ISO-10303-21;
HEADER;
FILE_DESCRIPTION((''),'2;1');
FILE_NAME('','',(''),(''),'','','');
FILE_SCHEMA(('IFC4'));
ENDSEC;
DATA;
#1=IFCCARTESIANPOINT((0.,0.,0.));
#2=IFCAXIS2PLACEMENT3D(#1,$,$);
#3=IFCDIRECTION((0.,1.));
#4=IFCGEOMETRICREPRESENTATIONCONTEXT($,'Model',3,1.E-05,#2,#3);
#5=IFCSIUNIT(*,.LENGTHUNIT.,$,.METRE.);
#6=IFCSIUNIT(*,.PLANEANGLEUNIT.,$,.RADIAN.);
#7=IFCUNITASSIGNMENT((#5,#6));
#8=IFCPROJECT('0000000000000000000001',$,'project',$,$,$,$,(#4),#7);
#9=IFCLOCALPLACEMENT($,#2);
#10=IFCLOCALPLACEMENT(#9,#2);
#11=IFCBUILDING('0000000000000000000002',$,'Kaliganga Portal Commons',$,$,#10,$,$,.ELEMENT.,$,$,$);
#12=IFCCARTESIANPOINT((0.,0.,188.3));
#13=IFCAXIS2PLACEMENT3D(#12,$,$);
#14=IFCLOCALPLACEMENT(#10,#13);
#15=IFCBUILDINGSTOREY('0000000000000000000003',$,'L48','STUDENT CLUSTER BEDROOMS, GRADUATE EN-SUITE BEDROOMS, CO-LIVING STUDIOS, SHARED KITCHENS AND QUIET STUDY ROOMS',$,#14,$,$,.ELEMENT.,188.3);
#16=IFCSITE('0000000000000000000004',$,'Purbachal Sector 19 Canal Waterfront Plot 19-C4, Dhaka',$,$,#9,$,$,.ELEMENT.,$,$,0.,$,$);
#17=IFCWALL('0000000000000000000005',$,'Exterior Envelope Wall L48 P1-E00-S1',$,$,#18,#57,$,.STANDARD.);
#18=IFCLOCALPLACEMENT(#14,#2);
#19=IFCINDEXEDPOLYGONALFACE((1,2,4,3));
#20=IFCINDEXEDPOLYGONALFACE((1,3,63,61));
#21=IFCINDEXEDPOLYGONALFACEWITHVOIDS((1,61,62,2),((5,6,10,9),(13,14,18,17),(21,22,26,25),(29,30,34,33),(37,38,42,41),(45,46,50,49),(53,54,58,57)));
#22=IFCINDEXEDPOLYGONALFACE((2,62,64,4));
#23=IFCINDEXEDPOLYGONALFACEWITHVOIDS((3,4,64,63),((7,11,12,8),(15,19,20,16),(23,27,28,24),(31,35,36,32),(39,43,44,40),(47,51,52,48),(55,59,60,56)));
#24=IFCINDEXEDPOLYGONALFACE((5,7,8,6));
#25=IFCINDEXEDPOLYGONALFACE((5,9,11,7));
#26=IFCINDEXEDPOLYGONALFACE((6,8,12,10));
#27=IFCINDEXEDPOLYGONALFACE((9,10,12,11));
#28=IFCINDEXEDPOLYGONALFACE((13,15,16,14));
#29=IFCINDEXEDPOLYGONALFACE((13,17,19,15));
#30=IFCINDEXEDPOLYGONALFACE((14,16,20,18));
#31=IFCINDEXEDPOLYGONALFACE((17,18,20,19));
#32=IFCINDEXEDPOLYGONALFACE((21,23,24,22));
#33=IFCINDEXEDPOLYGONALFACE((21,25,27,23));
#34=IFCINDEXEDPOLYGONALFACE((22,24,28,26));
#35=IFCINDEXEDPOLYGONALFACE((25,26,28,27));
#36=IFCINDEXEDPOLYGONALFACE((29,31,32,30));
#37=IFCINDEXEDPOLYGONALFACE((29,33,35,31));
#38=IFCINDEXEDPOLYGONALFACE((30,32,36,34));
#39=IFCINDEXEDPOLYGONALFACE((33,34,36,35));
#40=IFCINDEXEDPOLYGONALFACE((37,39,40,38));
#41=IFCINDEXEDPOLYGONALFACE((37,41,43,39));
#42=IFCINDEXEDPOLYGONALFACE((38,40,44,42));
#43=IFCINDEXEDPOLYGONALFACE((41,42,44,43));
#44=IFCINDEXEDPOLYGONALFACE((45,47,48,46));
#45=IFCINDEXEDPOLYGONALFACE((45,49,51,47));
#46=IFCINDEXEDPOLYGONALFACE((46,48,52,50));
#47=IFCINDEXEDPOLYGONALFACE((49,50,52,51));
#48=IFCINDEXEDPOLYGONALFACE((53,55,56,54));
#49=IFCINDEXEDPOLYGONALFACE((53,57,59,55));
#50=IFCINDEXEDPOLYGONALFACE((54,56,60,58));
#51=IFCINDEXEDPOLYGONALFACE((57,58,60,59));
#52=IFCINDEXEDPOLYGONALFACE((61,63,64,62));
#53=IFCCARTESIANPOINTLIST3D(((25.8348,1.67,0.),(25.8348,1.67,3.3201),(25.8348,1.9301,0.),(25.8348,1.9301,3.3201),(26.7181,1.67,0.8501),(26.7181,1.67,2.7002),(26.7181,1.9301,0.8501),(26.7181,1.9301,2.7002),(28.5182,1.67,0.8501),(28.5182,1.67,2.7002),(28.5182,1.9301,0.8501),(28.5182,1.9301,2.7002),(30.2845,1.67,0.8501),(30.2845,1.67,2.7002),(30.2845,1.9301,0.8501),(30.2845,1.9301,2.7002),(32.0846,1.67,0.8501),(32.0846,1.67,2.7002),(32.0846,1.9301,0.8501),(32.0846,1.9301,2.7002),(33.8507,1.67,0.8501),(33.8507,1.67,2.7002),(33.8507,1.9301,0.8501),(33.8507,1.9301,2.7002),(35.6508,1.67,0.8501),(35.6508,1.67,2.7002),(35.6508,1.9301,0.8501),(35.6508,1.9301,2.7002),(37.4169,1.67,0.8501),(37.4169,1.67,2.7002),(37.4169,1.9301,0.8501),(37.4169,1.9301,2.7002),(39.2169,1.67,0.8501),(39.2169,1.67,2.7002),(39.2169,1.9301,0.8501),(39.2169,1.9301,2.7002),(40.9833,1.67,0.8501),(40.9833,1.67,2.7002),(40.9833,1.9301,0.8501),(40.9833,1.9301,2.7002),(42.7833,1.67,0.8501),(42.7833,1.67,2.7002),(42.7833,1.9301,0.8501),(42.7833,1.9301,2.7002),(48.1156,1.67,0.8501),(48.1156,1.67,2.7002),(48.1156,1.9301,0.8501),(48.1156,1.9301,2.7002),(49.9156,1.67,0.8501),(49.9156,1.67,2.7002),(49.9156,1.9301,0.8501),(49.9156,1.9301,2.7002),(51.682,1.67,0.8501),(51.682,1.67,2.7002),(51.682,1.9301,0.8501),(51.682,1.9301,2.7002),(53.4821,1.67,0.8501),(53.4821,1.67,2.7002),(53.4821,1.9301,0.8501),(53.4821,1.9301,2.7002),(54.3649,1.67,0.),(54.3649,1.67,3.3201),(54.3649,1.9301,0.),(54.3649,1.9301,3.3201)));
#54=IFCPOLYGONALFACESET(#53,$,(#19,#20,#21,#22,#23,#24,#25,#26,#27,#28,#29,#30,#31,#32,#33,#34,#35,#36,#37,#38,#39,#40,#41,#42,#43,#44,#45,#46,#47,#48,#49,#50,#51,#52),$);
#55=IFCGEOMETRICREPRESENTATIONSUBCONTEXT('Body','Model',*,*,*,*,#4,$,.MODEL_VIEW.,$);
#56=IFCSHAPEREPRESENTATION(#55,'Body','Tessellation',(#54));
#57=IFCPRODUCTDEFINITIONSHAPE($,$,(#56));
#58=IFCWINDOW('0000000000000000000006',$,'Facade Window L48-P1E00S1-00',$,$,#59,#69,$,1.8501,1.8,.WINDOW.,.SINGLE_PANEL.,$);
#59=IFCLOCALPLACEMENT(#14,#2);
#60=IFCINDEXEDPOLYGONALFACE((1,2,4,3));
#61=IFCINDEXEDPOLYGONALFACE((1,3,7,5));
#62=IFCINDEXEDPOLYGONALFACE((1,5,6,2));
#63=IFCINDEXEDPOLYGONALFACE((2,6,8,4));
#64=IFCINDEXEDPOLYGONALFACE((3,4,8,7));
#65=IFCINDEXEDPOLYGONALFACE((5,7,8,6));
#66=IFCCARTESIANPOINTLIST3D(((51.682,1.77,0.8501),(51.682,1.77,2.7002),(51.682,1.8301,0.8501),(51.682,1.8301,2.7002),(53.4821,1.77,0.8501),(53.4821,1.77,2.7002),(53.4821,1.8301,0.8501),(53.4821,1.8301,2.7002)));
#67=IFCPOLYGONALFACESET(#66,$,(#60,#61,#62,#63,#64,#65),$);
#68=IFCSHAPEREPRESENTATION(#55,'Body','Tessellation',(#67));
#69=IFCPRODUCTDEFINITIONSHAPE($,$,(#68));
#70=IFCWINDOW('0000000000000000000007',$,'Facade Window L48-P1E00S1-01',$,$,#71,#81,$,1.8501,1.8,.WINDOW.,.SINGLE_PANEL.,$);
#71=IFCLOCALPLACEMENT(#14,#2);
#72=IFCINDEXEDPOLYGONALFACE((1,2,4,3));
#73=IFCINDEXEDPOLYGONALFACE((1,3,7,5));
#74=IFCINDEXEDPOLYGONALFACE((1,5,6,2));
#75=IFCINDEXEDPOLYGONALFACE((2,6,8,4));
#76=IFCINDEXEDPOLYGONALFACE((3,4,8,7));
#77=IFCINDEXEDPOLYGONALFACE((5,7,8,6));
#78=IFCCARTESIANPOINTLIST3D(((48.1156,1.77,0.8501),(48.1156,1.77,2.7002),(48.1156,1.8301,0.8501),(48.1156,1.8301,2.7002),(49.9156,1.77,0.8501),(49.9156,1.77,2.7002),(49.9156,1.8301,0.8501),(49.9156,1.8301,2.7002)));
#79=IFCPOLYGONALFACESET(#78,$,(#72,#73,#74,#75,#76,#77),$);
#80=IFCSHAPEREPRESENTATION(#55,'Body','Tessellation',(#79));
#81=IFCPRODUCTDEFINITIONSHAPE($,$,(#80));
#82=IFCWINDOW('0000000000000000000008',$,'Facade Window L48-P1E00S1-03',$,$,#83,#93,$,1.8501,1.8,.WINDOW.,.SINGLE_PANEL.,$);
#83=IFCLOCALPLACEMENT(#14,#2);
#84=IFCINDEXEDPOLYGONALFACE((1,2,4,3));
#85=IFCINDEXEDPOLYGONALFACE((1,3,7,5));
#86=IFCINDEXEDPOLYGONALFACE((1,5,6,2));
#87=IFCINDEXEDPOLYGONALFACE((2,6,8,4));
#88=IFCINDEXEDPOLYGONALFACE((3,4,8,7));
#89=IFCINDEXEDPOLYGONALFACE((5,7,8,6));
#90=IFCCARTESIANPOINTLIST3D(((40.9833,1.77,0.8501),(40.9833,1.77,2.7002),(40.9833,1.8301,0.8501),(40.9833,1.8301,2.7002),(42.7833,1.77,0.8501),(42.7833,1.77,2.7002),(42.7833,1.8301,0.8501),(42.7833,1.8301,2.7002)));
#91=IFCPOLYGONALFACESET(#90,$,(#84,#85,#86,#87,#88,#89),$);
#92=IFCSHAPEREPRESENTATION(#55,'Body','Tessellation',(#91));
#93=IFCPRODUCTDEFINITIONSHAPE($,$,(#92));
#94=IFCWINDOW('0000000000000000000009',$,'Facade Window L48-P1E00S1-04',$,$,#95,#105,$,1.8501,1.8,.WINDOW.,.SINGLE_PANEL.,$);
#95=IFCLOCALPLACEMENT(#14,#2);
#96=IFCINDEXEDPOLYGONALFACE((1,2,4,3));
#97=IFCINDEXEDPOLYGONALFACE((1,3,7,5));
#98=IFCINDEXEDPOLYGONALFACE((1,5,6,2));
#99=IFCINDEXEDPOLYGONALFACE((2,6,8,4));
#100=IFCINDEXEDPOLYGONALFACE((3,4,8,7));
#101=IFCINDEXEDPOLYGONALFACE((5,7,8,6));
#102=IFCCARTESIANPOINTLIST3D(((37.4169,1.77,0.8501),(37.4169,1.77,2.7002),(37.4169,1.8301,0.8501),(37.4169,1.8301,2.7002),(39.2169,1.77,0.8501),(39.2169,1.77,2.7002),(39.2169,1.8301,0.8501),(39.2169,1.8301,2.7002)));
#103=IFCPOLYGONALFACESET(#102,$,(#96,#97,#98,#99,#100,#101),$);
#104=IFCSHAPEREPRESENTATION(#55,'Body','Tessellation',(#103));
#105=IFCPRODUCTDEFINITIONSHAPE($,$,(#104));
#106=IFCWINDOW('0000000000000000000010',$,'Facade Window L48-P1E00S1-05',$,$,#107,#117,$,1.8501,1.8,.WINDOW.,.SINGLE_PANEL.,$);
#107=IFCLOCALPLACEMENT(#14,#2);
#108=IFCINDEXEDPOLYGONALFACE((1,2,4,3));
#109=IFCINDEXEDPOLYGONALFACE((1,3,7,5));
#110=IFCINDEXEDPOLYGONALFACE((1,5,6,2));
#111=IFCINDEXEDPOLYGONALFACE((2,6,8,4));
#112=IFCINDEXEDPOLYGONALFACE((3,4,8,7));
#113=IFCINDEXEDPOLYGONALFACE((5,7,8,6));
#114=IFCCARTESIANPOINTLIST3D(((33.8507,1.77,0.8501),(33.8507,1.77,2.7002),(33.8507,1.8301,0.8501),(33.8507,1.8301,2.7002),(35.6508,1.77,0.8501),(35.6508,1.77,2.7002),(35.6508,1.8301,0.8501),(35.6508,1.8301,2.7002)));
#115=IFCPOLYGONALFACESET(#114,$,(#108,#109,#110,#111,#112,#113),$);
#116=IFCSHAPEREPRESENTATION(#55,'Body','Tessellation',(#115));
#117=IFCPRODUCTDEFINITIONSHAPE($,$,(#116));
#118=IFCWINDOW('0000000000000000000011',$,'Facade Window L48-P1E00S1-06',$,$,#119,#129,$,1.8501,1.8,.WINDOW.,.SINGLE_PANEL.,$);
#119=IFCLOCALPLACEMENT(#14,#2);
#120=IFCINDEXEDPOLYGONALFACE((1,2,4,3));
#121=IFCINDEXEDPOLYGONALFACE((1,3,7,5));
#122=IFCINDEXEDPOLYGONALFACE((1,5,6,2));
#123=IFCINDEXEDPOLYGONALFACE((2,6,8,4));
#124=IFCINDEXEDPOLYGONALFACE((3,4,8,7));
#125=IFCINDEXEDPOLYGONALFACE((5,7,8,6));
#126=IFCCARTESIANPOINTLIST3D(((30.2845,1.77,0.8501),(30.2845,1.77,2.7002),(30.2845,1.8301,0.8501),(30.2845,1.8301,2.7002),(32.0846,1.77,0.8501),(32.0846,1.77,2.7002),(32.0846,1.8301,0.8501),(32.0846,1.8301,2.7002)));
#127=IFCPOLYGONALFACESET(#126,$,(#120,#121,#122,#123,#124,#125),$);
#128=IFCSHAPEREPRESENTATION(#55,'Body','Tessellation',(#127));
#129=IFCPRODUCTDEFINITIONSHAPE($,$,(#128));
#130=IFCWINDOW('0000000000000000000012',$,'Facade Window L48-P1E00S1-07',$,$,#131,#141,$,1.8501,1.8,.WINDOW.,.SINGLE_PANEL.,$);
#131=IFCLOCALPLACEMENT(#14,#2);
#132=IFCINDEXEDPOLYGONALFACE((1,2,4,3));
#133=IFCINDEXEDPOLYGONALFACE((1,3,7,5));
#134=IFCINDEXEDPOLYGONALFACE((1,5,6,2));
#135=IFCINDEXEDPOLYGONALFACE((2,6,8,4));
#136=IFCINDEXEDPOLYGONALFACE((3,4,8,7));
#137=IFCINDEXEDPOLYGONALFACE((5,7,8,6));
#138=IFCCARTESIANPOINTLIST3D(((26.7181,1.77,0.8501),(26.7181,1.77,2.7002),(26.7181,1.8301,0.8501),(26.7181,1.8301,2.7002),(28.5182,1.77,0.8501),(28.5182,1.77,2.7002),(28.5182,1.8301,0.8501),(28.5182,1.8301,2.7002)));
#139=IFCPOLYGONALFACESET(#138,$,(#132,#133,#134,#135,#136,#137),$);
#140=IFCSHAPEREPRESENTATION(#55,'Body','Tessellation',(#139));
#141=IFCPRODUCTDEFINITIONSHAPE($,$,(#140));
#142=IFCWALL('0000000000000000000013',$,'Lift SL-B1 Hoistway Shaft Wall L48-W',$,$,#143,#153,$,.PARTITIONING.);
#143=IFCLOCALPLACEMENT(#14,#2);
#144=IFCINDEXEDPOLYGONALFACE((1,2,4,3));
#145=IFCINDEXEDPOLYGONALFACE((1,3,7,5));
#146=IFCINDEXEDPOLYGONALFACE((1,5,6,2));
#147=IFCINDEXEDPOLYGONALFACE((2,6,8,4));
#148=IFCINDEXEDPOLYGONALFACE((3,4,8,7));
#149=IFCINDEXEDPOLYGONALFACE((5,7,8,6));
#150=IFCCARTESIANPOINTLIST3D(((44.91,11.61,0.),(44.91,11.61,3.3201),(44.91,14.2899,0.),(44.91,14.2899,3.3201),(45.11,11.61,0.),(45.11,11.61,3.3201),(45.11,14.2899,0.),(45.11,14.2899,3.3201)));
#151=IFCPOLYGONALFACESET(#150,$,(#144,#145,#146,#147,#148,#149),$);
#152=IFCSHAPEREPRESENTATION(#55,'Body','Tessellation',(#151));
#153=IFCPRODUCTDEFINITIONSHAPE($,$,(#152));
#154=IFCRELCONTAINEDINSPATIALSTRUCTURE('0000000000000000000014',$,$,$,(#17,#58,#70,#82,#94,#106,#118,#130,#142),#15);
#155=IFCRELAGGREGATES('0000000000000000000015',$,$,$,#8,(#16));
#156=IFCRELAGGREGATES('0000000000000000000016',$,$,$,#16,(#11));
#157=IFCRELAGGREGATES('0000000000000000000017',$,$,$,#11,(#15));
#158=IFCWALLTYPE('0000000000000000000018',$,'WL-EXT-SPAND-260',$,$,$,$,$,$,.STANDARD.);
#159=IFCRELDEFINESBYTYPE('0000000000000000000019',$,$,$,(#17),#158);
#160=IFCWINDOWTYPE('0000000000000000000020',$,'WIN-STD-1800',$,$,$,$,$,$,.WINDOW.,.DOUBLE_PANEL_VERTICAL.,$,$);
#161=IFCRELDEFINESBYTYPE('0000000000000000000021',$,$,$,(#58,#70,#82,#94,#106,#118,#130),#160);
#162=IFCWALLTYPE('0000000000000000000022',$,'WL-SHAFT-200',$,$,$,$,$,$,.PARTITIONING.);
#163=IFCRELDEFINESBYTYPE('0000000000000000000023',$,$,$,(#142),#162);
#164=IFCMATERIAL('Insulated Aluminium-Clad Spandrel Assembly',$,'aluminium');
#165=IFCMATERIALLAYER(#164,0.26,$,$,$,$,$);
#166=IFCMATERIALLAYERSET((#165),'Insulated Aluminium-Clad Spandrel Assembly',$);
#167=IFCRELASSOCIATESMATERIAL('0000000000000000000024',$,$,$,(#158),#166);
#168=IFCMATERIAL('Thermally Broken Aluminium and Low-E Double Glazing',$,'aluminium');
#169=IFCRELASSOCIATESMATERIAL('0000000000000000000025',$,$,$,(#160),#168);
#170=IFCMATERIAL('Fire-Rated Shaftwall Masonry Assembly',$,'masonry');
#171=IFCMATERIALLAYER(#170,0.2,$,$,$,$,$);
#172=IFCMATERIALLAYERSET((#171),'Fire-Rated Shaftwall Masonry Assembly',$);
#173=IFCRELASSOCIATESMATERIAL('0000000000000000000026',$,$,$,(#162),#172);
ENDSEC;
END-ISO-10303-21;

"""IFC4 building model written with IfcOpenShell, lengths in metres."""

from ifc_helpers import new_model, si_unit, direction, frame, frame_2d, origin, place, context, subcontext, project, spatial, rectangle, extrude, material, layer, layer_set, type_object, element, fill, save


model = new_model("IFC4")

# Units and contexts
model_context = context("Model", 3, precision=1e-05, world=origin(), true_north=direction((0.0, 1.0)))
body_context = subcontext(model_context, "Body", "Model", "MODEL_VIEW")
ifc_project = project(units=[si_unit("LENGTHUNIT", "METRE"), si_unit("PLANEANGLEUNIT", "RADIAN")], contexts=[model_context])

# Site, building, storey
site_placement = place(None, origin())
site = spatial("IfcSite", under=ifc_project, at=site_placement, Name="Purbachal Sector 19 Canal Waterfront Plot 19-C4, Dhaka", CompositionType="ELEMENT", RefElevation=0.0)
building_placement = place(site_placement, origin())
building = spatial("IfcBuilding", under=site, at=building_placement, Name="Kaliganga Portal Commons", CompositionType="ELEMENT")
storey_placement = place(building_placement, frame((0.0, 0.0, 188.3)))
storey = spatial("IfcBuildingStorey", under=building, at=storey_placement, Name="L48", Description="STUDENT CLUSTER BEDROOMS, GRADUATE EN-SUITE BEDROOMS, CO-LIVING STUDIOS, SHARED KITCHENS AND QUIET STUDY ROOMS", CompositionType="ELEMENT", Elevation=188.3)

# Wall, openings, windows
ifc_material_1 = material(Name="Insulated Aluminium-Clad Spandrel Assembly", Category="aluminium")
ifc_layer_1 = layer(ifc_material_1, 0.26)
ifc_layer_set_1 = layer_set([ifc_layer_1], Name="Insulated Aluminium-Clad Spandrel Assembly")
wall_type_1 = type_object("IfcWallType", Name="WL-EXT-SPAND-260", PredefinedType="STANDARD", material=ifc_layer_set_1)
wall_1_placement = place(storey_placement, frame((54.365, 1.8, 0.0), z_axis=(0.0, 0.0, 1.0), x_axis=(-1.0, 0.0, 0.0)))
wall_1 = element("IfcWall", 1, at=wall_1_placement, inside=storey, type_object=wall_type_1, Name="Exterior Envelope Wall L48 P1-E00-S1", PredefinedType="STANDARD", context=body_context, shape_type="SweptSolid", body=[
    extrude(rectangle(XDim=28.53, YDim=0.26, at=frame_2d((14.2651, 0.0))), origin(), (0.0, 0.0, 1.0), 3.3201),
])
opening_1_placement = place(wall_1_placement, frame((0.8831, 0.0, 0.8501)))
opening_1 = element("IfcOpeningElement", 2, at=opening_1_placement, cuts=wall_1, PredefinedType="OPENING", context=body_context, shape_type="SweptSolid", body=[
    extrude(rectangle(XDim=1.8, YDim=1.8501, at=frame_2d((0.8999, 0.925))), frame((0.0, 0.1401, 0.0), z_axis=(0.0, -1.0, 0.0), x_axis=(1.0, 0.0, 0.0)), (0.0, 0.0, 1.0), 0.28),
])
opening_2_placement = place(wall_1_placement, frame((4.4495, 0.0, 0.8501)))
opening_2 = element("IfcOpeningElement", 3, at=opening_2_placement, cuts=wall_1, PredefinedType="OPENING", context=body_context, shape_type="SweptSolid", body=[
    extrude(rectangle(XDim=1.8, YDim=1.8501, at=frame_2d((0.8999, 0.925))), frame((0.0, 0.1401, 0.0), z_axis=(0.0, -1.0, 0.0), x_axis=(1.0, 0.0, 0.0)), (0.0, 0.0, 1.0), 0.28),
])
opening_3_placement = place(wall_1_placement, frame((11.5818, 0.0, 0.8501)))
opening_3 = element("IfcOpeningElement", 4, at=opening_3_placement, cuts=wall_1, PredefinedType="OPENING", context=body_context, shape_type="SweptSolid", body=[
    extrude(rectangle(XDim=1.8, YDim=1.8501, at=frame_2d((0.8999, 0.925))), frame((0.0, 0.1401, 0.0), z_axis=(0.0, -1.0, 0.0), x_axis=(1.0, 0.0, 0.0)), (0.0, 0.0, 1.0), 0.28),
])
opening_4_placement = place(wall_1_placement, frame((15.1482, 0.0, 0.8501)))
opening_4 = element("IfcOpeningElement", 5, at=opening_4_placement, cuts=wall_1, PredefinedType="OPENING", context=body_context, shape_type="SweptSolid", body=[
    extrude(rectangle(XDim=1.8, YDim=1.8501, at=frame_2d((0.8999, 0.925))), frame((0.0, 0.1401, 0.0), z_axis=(0.0, -1.0, 0.0), x_axis=(1.0, 0.0, 0.0)), (0.0, 0.0, 1.0), 0.28),
])
opening_5_placement = place(wall_1_placement, frame((18.7144, 0.0, 0.8501)))
opening_5 = element("IfcOpeningElement", 6, at=opening_5_placement, cuts=wall_1, PredefinedType="OPENING", context=body_context, shape_type="SweptSolid", body=[
    extrude(rectangle(XDim=1.8, YDim=1.8501, at=frame_2d((0.8999, 0.925))), frame((0.0, 0.1401, 0.0), z_axis=(0.0, -1.0, 0.0), x_axis=(1.0, 0.0, 0.0)), (0.0, 0.0, 1.0), 0.28),
])
opening_6_placement = place(wall_1_placement, frame((22.2805, 0.0, 0.8501)))
opening_6 = element("IfcOpeningElement", 7, at=opening_6_placement, cuts=wall_1, PredefinedType="OPENING", context=body_context, shape_type="SweptSolid", body=[
    extrude(rectangle(XDim=1.8, YDim=1.8501, at=frame_2d((0.8999, 0.925))), frame((0.0, 0.1401, 0.0), z_axis=(0.0, -1.0, 0.0), x_axis=(1.0, 0.0, 0.0)), (0.0, 0.0, 1.0), 0.28),
])
opening_7_placement = place(wall_1_placement, frame((25.8469, 0.0, 0.8501)))
opening_7 = element("IfcOpeningElement", 8, at=opening_7_placement, cuts=wall_1, PredefinedType="OPENING", context=body_context, shape_type="SweptSolid", body=[
    extrude(rectangle(XDim=1.8, YDim=1.8501, at=frame_2d((0.8999, 0.925))), frame((0.0, 0.1401, 0.0), z_axis=(0.0, -1.0, 0.0), x_axis=(1.0, 0.0, 0.0)), (0.0, 0.0, 1.0), 0.28),
])
ifc_material_2 = material(Name="Thermally Broken Aluminium and Low-E Double Glazing", Category="aluminium")
window_type = type_object("IfcWindowType", Name="WIN-STD-1800", PartitioningType="DOUBLE_PANEL_VERTICAL", PredefinedType="WINDOW", material=ifc_material_2)
window_1_placement = place(opening_1_placement, origin())
window_1 = element("IfcWindow", 9, at=window_1_placement, inside=storey, type_object=window_type, Name="Facade Window L48-P1E00S1-00", OverallHeight=1.8501, OverallWidth=1.8, PartitioningType="SINGLE_PANEL", PredefinedType="WINDOW", context=body_context, shape_type="SweptSolid", body=[
    extrude(rectangle(XDim=1.8, YDim=1.8501, at=frame_2d((0.8999, 0.925))), frame((0.0, 0.03, 0.0), z_axis=(0.0, -1.0, 0.0), x_axis=(1.0, 0.0, 0.0)), (0.0, 0.0, 1.0), 0.0601),
])
fill(opening_1, window_1)
window_2_placement = place(opening_2_placement, origin())
window_2 = element("IfcWindow", 10, at=window_2_placement, inside=storey, type_object=window_type, Name="Facade Window L48-P1E00S1-01", OverallHeight=1.8501, OverallWidth=1.8, PartitioningType="SINGLE_PANEL", PredefinedType="WINDOW", context=body_context, shape_type="SweptSolid", body=[
    extrude(rectangle(XDim=1.8, YDim=1.8501, at=frame_2d((0.8999, 0.925))), frame((0.0, 0.03, 0.0), z_axis=(0.0, -1.0, 0.0), x_axis=(1.0, 0.0, 0.0)), (0.0, 0.0, 1.0), 0.0601),
])
fill(opening_2, window_2)
window_3_placement = place(opening_3_placement, origin())
window_3 = element("IfcWindow", 11, at=window_3_placement, inside=storey, type_object=window_type, Name="Facade Window L48-P1E00S1-03", OverallHeight=1.8501, OverallWidth=1.8, PartitioningType="SINGLE_PANEL", PredefinedType="WINDOW", context=body_context, shape_type="SweptSolid", body=[
    extrude(rectangle(XDim=1.8, YDim=1.8501, at=frame_2d((0.8999, 0.925))), frame((0.0, 0.03, 0.0), z_axis=(0.0, -1.0, 0.0), x_axis=(1.0, 0.0, 0.0)), (0.0, 0.0, 1.0), 0.0601),
])
fill(opening_3, window_3)
window_4_placement = place(opening_4_placement, origin())
window_4 = element("IfcWindow", 12, at=window_4_placement, inside=storey, type_object=window_type, Name="Facade Window L48-P1E00S1-04", OverallHeight=1.8501, OverallWidth=1.8, PartitioningType="SINGLE_PANEL", PredefinedType="WINDOW", context=body_context, shape_type="SweptSolid", body=[
    extrude(rectangle(XDim=1.8, YDim=1.8501, at=frame_2d((0.8999, 0.925))), frame((0.0, 0.03, 0.0), z_axis=(0.0, -1.0, 0.0), x_axis=(1.0, 0.0, 0.0)), (0.0, 0.0, 1.0), 0.0601),
])
fill(opening_4, window_4)
window_5_placement = place(opening_5_placement, origin())
window_5 = element("IfcWindow", 13, at=window_5_placement, inside=storey, type_object=window_type, Name="Facade Window L48-P1E00S1-05", OverallHeight=1.8501, OverallWidth=1.8, PartitioningType="SINGLE_PANEL", PredefinedType="WINDOW", context=body_context, shape_type="SweptSolid", body=[
    extrude(rectangle(XDim=1.8, YDim=1.8501, at=frame_2d((0.8999, 0.925))), frame((0.0, 0.03, 0.0), z_axis=(0.0, -1.0, 0.0), x_axis=(1.0, 0.0, 0.0)), (0.0, 0.0, 1.0), 0.0601),
])
fill(opening_5, window_5)
window_6_placement = place(opening_6_placement, origin())
window_6 = element("IfcWindow", 14, at=window_6_placement, inside=storey, type_object=window_type, Name="Facade Window L48-P1E00S1-06", OverallHeight=1.8501, OverallWidth=1.8, PartitioningType="SINGLE_PANEL", PredefinedType="WINDOW", context=body_context, shape_type="SweptSolid", body=[
    extrude(rectangle(XDim=1.8, YDim=1.8501, at=frame_2d((0.8999, 0.925))), frame((0.0, 0.03, 0.0), z_axis=(0.0, -1.0, 0.0), x_axis=(1.0, 0.0, 0.0)), (0.0, 0.0, 1.0), 0.0601),
])
fill(opening_6, window_6)
window_7_placement = place(opening_7_placement, origin())
window_7 = element("IfcWindow", 15, at=window_7_placement, inside=storey, type_object=window_type, Name="Facade Window L48-P1E00S1-07", OverallHeight=1.8501, OverallWidth=1.8, PartitioningType="SINGLE_PANEL", PredefinedType="WINDOW", context=body_context, shape_type="SweptSolid", body=[
    extrude(rectangle(XDim=1.8, YDim=1.8501, at=frame_2d((0.8999, 0.925))), frame((0.0, 0.03, 0.0), z_axis=(0.0, -1.0, 0.0), x_axis=(1.0, 0.0, 0.0)), (0.0, 0.0, 1.0), 0.0601),
])
fill(opening_7, window_7)

# Wall
ifc_material_3 = material(Name="Fire-Rated Shaftwall Masonry Assembly", Category="masonry")
ifc_layer_2 = layer(ifc_material_3, 0.2)
ifc_layer_set_2 = layer_set([ifc_layer_2], Name="Fire-Rated Shaftwall Masonry Assembly")
wall_type_2 = type_object("IfcWallType", Name="WL-SHAFT-200", PredefinedType="PARTITIONING", material=ifc_layer_set_2)
wall_2_placement = place(storey_placement, frame((45.01, 11.6101, 0.0), z_axis=(0.0, 0.0, 1.0), x_axis=(0.0, 1.0, 0.0)))
element("IfcWall", 16, at=wall_2_placement, inside=storey, type_object=wall_type_2, Name="Lift SL-B1 Hoistway Shaft Wall L48-W", PredefinedType="PARTITIONING", context=body_context, shape_type="SweptSolid", body=[
    extrude(rectangle(XDim=2.6799, YDim=0.2, at=frame_2d((1.3398, 0.0))), origin(), (0.0, 0.0, 1.0), 3.3201),
])

save(model, "model.ifc")
